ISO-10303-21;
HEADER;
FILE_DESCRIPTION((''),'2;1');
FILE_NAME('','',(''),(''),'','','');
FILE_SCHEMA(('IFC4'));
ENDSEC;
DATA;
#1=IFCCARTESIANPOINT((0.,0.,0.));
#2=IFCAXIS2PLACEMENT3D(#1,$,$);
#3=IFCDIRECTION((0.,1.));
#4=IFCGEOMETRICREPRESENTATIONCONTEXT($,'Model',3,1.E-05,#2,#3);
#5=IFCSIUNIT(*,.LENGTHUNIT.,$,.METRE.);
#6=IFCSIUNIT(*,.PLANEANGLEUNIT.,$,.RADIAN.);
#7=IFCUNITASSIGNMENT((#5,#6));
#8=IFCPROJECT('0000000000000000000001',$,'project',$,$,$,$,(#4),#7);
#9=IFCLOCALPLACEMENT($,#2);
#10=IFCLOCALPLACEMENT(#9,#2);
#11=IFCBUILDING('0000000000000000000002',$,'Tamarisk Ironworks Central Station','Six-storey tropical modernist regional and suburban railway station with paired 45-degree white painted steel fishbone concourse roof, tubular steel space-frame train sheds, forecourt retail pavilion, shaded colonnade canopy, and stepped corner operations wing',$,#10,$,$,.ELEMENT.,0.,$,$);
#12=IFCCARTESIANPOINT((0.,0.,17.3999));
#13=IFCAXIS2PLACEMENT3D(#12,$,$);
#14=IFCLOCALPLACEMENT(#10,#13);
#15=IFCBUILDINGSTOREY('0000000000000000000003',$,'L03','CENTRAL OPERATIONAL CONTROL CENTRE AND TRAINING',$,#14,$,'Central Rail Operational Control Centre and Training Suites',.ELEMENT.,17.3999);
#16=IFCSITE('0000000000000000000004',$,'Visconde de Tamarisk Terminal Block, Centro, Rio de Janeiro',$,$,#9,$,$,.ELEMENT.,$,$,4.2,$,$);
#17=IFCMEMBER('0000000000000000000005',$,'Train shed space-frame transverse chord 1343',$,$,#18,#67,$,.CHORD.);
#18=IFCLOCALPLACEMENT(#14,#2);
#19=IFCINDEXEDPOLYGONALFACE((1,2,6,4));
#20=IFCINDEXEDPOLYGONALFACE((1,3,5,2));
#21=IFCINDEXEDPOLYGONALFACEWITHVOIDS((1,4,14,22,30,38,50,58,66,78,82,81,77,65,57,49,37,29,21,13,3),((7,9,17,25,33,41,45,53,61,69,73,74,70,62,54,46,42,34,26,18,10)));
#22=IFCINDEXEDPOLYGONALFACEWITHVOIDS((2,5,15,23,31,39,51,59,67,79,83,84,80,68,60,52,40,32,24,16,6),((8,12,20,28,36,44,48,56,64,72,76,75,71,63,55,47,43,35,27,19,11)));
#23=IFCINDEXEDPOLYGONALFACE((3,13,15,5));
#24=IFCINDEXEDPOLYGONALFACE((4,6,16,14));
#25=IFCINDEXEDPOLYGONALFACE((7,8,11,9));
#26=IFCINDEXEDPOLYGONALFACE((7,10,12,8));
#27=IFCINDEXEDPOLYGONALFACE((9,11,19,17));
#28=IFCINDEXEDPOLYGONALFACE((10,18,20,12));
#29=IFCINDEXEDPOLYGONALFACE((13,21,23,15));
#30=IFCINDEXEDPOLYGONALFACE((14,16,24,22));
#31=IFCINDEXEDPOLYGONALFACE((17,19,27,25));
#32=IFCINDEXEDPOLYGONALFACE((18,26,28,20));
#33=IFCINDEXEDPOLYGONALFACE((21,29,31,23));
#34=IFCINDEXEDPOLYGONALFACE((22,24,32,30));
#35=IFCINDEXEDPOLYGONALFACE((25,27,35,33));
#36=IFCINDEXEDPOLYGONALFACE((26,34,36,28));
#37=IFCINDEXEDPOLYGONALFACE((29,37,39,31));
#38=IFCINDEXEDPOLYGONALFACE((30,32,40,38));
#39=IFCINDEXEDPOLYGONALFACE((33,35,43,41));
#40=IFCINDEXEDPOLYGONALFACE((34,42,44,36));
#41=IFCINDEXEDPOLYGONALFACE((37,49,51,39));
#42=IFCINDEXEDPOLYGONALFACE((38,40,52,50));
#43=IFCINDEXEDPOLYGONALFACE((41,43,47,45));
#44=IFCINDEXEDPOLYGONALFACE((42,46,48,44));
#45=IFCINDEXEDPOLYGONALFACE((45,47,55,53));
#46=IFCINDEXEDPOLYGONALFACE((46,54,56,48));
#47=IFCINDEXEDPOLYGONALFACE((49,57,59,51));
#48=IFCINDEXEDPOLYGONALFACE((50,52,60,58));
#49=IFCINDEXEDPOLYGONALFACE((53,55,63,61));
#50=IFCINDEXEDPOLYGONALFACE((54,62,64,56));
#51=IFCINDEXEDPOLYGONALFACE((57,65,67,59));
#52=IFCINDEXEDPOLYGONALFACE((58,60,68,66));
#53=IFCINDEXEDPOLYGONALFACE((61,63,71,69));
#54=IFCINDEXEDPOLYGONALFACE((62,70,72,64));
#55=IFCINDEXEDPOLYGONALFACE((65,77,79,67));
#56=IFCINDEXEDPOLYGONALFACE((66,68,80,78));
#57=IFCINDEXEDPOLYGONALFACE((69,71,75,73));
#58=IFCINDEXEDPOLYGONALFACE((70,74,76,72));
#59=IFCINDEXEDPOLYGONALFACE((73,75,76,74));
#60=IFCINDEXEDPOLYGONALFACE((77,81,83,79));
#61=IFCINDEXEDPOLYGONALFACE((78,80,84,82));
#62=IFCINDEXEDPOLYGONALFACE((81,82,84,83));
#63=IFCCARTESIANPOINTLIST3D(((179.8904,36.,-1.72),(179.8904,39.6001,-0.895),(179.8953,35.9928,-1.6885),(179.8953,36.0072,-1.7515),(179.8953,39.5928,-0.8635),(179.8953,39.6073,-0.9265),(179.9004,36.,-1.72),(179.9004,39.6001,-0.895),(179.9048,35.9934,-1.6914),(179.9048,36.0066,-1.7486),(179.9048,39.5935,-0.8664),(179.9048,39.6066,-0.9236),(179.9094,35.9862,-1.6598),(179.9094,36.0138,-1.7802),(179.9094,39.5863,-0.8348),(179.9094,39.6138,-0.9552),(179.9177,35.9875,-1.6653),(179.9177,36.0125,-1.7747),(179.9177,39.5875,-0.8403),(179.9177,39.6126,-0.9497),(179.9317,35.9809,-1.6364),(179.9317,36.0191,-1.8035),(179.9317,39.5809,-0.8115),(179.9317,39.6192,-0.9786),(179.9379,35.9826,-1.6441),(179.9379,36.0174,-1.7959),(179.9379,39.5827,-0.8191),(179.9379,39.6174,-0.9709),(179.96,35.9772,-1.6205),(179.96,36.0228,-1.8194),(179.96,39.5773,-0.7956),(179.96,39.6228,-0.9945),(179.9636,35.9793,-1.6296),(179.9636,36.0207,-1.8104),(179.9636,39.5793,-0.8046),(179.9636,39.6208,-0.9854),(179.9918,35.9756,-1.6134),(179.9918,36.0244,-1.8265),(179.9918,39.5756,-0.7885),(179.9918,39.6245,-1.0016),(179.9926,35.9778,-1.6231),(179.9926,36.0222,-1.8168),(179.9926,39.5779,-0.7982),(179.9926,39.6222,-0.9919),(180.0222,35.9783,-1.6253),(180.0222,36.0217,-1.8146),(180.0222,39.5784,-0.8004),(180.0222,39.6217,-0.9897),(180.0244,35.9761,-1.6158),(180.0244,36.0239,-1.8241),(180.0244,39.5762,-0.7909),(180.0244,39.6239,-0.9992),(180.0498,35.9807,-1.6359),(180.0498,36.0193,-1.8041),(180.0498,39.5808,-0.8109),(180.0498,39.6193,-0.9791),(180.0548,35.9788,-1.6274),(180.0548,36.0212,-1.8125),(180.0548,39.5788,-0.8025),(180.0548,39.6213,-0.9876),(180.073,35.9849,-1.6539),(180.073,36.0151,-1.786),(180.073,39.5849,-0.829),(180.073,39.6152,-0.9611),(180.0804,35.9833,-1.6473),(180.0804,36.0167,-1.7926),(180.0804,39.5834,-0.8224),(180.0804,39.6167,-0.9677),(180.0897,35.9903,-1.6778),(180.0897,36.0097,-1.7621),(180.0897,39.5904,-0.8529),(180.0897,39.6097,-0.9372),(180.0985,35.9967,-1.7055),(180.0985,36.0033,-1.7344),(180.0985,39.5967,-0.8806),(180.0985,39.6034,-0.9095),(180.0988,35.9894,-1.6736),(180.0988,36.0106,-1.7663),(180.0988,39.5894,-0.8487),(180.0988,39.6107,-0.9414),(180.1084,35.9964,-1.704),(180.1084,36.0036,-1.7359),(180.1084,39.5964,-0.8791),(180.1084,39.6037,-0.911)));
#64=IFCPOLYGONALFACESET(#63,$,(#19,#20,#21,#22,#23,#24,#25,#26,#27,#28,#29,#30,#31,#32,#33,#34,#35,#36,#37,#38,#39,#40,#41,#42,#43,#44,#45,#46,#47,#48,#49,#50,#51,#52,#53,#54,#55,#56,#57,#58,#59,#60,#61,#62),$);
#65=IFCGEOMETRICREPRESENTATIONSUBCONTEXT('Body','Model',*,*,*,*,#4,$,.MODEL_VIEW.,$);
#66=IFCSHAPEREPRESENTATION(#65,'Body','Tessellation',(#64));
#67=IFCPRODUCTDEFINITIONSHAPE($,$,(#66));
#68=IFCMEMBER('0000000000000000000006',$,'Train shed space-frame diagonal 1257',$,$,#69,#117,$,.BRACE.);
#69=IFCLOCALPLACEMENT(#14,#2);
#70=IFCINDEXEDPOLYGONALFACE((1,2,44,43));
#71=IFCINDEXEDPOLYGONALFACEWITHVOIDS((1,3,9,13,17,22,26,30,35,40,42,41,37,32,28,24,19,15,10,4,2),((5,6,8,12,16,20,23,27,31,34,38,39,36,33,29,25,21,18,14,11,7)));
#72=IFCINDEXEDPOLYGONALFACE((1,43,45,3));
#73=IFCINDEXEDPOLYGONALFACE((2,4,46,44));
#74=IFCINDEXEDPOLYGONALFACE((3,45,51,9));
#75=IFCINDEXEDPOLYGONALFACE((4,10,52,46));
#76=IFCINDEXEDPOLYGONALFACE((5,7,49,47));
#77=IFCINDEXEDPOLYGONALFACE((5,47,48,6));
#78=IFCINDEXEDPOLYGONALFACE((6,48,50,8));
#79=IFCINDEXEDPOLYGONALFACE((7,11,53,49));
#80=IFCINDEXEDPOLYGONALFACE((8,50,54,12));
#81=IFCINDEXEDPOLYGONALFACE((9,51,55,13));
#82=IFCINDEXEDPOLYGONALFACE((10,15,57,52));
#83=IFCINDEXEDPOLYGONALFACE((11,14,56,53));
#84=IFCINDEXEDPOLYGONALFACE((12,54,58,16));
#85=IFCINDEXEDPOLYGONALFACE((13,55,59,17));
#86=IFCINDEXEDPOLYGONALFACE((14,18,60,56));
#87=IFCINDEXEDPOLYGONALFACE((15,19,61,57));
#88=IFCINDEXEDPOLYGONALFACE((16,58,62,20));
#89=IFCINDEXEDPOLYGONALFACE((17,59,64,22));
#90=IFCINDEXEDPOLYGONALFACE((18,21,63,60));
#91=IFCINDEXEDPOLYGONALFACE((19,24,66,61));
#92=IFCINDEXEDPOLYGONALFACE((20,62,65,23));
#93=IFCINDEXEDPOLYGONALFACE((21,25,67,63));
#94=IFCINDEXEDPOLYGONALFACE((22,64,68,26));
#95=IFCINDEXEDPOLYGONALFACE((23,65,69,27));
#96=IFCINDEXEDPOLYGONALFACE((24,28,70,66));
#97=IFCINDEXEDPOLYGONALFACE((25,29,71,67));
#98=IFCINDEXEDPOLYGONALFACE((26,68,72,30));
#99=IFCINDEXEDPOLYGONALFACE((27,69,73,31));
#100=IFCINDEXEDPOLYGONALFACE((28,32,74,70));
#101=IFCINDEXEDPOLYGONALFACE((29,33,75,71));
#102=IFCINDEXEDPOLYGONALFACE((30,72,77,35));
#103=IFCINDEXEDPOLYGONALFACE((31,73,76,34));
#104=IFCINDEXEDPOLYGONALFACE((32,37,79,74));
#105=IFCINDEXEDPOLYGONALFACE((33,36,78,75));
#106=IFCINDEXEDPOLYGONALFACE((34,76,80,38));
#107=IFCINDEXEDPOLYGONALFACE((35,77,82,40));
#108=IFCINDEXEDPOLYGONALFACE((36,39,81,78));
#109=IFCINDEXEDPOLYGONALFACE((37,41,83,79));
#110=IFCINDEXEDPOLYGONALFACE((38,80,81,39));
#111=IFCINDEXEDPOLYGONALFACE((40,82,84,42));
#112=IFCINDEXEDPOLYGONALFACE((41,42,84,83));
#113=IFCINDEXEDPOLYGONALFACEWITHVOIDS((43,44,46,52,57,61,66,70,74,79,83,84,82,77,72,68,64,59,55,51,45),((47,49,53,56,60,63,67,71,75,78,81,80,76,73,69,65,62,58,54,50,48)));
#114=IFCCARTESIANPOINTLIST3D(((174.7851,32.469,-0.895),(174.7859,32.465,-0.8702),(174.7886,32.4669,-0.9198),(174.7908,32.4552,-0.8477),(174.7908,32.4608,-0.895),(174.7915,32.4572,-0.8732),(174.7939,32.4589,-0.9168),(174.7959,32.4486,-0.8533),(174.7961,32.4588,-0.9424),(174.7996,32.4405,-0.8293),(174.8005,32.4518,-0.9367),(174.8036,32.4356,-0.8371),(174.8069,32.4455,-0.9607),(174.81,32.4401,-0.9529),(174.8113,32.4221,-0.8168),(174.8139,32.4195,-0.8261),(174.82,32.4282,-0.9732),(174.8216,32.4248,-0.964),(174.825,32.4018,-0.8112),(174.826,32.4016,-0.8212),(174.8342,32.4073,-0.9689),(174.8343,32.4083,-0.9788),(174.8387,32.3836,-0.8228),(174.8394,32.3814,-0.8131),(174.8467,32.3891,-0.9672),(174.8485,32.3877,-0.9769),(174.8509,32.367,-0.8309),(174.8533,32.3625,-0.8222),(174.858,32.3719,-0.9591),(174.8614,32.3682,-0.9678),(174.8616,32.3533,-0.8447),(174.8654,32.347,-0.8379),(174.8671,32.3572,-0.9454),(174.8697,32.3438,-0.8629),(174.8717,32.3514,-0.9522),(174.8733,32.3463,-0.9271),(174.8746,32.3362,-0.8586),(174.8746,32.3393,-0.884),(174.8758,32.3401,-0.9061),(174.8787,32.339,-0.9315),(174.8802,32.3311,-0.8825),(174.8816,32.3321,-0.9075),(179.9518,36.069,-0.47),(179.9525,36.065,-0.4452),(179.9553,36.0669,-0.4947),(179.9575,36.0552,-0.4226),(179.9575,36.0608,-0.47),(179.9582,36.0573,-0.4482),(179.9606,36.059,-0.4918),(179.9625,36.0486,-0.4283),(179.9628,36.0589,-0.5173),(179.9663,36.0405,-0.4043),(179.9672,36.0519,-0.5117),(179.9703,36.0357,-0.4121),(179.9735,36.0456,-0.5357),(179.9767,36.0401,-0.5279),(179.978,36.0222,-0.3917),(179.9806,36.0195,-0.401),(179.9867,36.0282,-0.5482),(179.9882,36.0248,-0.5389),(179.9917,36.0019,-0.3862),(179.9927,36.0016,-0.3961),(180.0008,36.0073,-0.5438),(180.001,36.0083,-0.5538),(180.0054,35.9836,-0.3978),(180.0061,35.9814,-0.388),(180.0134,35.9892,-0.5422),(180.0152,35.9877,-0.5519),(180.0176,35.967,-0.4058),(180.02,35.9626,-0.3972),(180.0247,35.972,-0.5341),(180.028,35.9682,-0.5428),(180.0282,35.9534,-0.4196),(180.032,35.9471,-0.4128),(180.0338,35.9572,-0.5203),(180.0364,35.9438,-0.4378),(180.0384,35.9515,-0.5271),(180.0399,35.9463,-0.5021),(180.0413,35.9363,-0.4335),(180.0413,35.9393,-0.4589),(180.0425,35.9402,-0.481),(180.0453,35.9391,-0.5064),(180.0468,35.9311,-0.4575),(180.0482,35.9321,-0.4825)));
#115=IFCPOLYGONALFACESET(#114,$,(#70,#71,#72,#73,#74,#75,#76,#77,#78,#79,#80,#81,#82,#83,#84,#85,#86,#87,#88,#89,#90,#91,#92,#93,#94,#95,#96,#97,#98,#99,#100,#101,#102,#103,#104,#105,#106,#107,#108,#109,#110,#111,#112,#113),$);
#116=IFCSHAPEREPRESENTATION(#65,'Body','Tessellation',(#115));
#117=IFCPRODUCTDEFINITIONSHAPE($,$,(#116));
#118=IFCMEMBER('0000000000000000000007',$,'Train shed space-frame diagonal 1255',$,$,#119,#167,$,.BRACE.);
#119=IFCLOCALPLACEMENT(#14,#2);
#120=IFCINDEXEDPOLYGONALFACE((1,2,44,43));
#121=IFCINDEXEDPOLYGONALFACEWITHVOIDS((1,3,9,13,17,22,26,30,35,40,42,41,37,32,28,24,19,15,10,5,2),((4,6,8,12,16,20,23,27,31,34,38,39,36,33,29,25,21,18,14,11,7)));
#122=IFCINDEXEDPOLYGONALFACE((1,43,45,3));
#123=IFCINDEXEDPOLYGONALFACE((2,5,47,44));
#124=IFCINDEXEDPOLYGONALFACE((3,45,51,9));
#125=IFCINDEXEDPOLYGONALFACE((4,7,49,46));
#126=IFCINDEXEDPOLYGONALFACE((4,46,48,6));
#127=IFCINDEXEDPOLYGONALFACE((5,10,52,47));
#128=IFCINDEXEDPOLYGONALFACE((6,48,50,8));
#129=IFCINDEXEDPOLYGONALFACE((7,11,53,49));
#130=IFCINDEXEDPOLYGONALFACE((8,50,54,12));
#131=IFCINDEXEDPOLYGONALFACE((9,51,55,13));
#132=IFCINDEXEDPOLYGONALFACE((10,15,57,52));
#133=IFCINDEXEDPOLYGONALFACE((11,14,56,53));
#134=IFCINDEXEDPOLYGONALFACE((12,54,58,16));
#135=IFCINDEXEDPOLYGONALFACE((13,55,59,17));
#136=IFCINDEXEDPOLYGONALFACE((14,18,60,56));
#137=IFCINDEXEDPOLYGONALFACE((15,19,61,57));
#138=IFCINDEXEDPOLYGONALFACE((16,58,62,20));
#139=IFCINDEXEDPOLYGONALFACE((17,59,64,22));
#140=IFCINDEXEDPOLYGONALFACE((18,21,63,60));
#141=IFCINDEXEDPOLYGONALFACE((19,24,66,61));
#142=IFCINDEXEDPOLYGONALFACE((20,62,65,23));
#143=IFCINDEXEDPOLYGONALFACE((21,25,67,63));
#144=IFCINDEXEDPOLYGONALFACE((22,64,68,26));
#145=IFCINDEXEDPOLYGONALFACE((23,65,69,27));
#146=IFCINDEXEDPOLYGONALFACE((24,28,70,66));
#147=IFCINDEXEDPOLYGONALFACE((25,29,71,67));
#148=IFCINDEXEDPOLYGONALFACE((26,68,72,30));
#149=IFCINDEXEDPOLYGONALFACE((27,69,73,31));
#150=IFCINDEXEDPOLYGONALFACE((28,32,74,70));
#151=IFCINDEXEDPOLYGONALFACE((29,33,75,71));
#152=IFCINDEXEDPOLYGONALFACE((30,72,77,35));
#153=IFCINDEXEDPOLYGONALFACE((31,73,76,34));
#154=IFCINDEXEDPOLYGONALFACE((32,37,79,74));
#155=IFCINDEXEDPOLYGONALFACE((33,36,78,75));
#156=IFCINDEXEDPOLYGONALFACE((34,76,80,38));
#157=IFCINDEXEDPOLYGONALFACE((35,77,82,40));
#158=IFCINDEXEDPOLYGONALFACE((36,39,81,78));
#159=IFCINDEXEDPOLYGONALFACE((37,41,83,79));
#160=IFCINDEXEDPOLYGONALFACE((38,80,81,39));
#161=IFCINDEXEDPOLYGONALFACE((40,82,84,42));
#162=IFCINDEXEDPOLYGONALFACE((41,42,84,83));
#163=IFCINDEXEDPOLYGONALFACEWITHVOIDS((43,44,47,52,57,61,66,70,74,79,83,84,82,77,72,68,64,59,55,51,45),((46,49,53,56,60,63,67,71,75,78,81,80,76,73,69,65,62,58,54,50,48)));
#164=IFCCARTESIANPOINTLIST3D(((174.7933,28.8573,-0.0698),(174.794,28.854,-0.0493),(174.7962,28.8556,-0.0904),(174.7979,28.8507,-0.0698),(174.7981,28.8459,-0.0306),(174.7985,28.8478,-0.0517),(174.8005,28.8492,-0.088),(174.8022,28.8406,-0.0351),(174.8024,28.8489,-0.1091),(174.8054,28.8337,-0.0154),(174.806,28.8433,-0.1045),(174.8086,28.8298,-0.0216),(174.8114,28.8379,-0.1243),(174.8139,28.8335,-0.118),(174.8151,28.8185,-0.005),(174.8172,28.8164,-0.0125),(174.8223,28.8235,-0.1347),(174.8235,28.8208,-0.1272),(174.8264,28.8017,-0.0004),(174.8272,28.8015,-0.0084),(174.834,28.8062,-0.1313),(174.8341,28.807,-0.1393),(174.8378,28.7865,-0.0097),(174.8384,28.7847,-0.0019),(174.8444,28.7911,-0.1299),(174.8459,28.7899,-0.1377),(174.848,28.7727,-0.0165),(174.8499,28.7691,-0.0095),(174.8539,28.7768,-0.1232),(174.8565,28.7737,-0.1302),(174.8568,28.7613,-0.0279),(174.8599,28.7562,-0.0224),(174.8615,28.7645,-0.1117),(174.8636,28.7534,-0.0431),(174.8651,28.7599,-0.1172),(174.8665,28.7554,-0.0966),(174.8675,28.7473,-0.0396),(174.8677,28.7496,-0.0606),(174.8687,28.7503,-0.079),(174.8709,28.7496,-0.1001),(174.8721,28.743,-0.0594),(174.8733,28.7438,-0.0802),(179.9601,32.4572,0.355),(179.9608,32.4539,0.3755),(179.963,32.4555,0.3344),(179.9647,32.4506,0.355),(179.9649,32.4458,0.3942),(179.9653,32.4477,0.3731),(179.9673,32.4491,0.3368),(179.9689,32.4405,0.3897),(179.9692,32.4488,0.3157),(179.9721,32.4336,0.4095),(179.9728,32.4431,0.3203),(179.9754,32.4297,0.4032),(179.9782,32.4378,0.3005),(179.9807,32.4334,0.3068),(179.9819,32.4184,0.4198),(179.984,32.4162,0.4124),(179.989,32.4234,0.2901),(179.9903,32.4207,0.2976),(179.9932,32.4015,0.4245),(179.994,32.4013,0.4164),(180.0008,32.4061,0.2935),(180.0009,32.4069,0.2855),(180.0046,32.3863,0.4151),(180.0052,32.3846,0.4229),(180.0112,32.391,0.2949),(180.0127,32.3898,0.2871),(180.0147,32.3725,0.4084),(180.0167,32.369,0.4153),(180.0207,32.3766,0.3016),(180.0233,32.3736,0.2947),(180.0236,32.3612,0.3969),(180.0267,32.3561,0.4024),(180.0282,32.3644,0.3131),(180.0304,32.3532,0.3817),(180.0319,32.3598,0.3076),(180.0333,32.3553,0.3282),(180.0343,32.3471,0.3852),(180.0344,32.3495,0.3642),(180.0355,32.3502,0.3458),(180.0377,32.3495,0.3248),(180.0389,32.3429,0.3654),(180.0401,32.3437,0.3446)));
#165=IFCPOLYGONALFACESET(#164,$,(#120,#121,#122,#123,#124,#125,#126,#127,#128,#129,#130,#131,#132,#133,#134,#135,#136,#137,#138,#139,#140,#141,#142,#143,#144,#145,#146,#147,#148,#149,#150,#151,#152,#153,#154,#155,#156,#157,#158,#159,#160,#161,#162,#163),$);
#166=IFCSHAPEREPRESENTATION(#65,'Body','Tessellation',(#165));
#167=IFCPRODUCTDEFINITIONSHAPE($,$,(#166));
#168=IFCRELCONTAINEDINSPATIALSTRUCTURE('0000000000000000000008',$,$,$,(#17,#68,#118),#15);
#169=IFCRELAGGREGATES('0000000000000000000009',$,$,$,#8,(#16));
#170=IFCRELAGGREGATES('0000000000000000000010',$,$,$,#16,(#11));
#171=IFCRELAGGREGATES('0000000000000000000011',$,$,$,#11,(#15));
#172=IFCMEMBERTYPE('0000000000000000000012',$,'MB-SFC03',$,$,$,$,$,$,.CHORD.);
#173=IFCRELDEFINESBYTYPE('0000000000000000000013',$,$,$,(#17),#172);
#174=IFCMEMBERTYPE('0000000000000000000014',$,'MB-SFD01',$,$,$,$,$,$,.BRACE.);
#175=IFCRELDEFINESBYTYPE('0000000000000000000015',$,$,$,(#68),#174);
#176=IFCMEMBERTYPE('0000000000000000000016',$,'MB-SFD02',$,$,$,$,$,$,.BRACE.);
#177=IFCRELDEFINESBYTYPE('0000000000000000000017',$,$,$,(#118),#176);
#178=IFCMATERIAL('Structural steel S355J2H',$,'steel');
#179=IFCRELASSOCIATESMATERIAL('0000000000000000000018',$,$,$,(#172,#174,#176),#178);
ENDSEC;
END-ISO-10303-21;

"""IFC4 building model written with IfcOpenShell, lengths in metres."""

from ifc_helpers import new_model, si_unit, direction, frame, origin, origin_2d, place, context, subcontext, project, spatial, hollow_circle, extrude, material, material_profile, profile_set, type_object, element, save


model = new_model("IFC4")

# Units and contexts
model_context = context("Model", 3, precision=1e-05, world=origin(), true_north=direction((0.0, 1.0)))
body_context = subcontext(model_context, "Body", "Model", "MODEL_VIEW")
ifc_project = project(units=[si_unit("LENGTHUNIT", "METRE"), si_unit("PLANEANGLEUNIT", "RADIAN")], contexts=[model_context])

# Site, building, storey
site_placement = place(None, origin())
site = spatial("IfcSite", under=ifc_project, at=site_placement, Name="Visconde de Tamarisk Terminal Block, Centro, Rio de Janeiro", CompositionType="ELEMENT", RefElevation=4.2)
building_placement = place(site_placement, origin())
building = spatial("IfcBuilding", under=site, at=building_placement, Name="Tamarisk Ironworks Central Station", Description="Six-storey tropical modernist regional and suburban railway station with paired 45-degree white painted steel fishbone concourse roof, tubular steel space-frame train sheds, forecourt retail pavilion, shaded colonnade canopy, and stepped corner operations wing", CompositionType="ELEMENT", ElevationOfRefHeight=0.0)
storey_placement = place(building_placement, frame((0.0, 0.0, 17.3999)))
storey = spatial("IfcBuildingStorey", under=building, at=storey_placement, Name="L03", Description="CENTRAL OPERATIONAL CONTROL CENTRE AND TRAINING", LongName="Central Rail Operational Control Centre and Training Suites", CompositionType="ELEMENT", Elevation=17.3999)

# Members
ifc_material_1 = material(Name="Structural steel S355J2H", Category="steel")
ifc_material_profile_1 = material_profile(ifc_material_1, hollow_circle(Radius=0.1096, WallThickness=0.01, at=origin_2d()), Name="CHS 219.1x10")
ifc_profile_set_1 = profile_set([ifc_material_profile_1], Name="Structural steel S355J2H")
member_type_1 = type_object("IfcMemberType", Name="MB-SFC03", PredefinedType="CHORD", material=ifc_profile_set_1)
for number, where, z_axis, x_axis, name in (
    (1, (180.0, 36.0, -1.72), (0.0, 0.974737, 0.223358), (-1.0, 0.0, 0.0), "Train shed space-frame transverse chord 1343"),
):
    element("IfcMember", number, at=place(storey_placement, frame(where, z_axis=z_axis, x_axis=x_axis)), inside=storey, type_object=member_type_1, Name=name, PredefinedType="CHORD", context=body_context, shape_type="SweptSolid", body=[
        extrude(hollow_circle(Radius=0.1096, WallThickness=0.01, at=origin_2d()), origin(), (0.0, 0.0, 1.0), 3.6934),
    ])
ifc_material_profile_2 = material_profile(ifc_material_1, hollow_circle(Radius=0.0842, WallThickness=0.01, at=origin_2d()), Name="CHS 168.3x10")
ifc_profile_set_2 = profile_set([ifc_material_profile_2], Name="Structural steel S355J2H")
member_type_2 = type_object("IfcMemberType", Name="MB-SFD01", PredefinedType="BRACE", material=ifc_profile_set_2)
member_1_placement = place(storey_placement, frame((174.8333, 32.3999, -0.895), z_axis=(0.818608, 0.570391, 0.067344), x_axis=(-0.571689, 0.82047, 0.0)))
element("IfcMember", 2, at=member_1_placement, inside=storey, type_object=member_type_2, Name="Train shed space-frame diagonal 1257", PredefinedType="BRACE", context=body_context, shape_type="SweptSolid", body=[
    extrude(hollow_circle(Radius=0.0842, WallThickness=0.01, at=origin_2d()), origin(), (0.0, 0.0, 1.0), 6.3115),
])
ifc_material_profile_3 = material_profile(ifc_material_1, hollow_circle(Radius=0.0698, WallThickness=0.0081, at=origin_2d()), Name="CHS 139.7x8")
ifc_profile_set_3 = profile_set([ifc_material_profile_3], Name="Structural steel S355J2H")
member_type_3 = type_object("IfcMemberType", Name="MB-SFD02", PredefinedType="BRACE", material=ifc_profile_set_3)
member_2_placement = place(storey_placement, frame((174.8333, 28.8, -0.0698), z_axis=(0.818628, 0.570367, 0.067307), x_axis=(-0.571663, 0.820489, 0.0)))
element("IfcMember", 3, at=member_2_placement, inside=storey, type_object=member_type_3, Name="Train shed space-frame diagonal 1255", PredefinedType="BRACE", context=body_context, shape_type="SweptSolid", body=[
    extrude(hollow_circle(Radius=0.0698, WallThickness=0.0081, at=origin_2d()), origin(), (0.0, 0.0, 1.0), 6.3115),
])

save(model, "model.ifc")
